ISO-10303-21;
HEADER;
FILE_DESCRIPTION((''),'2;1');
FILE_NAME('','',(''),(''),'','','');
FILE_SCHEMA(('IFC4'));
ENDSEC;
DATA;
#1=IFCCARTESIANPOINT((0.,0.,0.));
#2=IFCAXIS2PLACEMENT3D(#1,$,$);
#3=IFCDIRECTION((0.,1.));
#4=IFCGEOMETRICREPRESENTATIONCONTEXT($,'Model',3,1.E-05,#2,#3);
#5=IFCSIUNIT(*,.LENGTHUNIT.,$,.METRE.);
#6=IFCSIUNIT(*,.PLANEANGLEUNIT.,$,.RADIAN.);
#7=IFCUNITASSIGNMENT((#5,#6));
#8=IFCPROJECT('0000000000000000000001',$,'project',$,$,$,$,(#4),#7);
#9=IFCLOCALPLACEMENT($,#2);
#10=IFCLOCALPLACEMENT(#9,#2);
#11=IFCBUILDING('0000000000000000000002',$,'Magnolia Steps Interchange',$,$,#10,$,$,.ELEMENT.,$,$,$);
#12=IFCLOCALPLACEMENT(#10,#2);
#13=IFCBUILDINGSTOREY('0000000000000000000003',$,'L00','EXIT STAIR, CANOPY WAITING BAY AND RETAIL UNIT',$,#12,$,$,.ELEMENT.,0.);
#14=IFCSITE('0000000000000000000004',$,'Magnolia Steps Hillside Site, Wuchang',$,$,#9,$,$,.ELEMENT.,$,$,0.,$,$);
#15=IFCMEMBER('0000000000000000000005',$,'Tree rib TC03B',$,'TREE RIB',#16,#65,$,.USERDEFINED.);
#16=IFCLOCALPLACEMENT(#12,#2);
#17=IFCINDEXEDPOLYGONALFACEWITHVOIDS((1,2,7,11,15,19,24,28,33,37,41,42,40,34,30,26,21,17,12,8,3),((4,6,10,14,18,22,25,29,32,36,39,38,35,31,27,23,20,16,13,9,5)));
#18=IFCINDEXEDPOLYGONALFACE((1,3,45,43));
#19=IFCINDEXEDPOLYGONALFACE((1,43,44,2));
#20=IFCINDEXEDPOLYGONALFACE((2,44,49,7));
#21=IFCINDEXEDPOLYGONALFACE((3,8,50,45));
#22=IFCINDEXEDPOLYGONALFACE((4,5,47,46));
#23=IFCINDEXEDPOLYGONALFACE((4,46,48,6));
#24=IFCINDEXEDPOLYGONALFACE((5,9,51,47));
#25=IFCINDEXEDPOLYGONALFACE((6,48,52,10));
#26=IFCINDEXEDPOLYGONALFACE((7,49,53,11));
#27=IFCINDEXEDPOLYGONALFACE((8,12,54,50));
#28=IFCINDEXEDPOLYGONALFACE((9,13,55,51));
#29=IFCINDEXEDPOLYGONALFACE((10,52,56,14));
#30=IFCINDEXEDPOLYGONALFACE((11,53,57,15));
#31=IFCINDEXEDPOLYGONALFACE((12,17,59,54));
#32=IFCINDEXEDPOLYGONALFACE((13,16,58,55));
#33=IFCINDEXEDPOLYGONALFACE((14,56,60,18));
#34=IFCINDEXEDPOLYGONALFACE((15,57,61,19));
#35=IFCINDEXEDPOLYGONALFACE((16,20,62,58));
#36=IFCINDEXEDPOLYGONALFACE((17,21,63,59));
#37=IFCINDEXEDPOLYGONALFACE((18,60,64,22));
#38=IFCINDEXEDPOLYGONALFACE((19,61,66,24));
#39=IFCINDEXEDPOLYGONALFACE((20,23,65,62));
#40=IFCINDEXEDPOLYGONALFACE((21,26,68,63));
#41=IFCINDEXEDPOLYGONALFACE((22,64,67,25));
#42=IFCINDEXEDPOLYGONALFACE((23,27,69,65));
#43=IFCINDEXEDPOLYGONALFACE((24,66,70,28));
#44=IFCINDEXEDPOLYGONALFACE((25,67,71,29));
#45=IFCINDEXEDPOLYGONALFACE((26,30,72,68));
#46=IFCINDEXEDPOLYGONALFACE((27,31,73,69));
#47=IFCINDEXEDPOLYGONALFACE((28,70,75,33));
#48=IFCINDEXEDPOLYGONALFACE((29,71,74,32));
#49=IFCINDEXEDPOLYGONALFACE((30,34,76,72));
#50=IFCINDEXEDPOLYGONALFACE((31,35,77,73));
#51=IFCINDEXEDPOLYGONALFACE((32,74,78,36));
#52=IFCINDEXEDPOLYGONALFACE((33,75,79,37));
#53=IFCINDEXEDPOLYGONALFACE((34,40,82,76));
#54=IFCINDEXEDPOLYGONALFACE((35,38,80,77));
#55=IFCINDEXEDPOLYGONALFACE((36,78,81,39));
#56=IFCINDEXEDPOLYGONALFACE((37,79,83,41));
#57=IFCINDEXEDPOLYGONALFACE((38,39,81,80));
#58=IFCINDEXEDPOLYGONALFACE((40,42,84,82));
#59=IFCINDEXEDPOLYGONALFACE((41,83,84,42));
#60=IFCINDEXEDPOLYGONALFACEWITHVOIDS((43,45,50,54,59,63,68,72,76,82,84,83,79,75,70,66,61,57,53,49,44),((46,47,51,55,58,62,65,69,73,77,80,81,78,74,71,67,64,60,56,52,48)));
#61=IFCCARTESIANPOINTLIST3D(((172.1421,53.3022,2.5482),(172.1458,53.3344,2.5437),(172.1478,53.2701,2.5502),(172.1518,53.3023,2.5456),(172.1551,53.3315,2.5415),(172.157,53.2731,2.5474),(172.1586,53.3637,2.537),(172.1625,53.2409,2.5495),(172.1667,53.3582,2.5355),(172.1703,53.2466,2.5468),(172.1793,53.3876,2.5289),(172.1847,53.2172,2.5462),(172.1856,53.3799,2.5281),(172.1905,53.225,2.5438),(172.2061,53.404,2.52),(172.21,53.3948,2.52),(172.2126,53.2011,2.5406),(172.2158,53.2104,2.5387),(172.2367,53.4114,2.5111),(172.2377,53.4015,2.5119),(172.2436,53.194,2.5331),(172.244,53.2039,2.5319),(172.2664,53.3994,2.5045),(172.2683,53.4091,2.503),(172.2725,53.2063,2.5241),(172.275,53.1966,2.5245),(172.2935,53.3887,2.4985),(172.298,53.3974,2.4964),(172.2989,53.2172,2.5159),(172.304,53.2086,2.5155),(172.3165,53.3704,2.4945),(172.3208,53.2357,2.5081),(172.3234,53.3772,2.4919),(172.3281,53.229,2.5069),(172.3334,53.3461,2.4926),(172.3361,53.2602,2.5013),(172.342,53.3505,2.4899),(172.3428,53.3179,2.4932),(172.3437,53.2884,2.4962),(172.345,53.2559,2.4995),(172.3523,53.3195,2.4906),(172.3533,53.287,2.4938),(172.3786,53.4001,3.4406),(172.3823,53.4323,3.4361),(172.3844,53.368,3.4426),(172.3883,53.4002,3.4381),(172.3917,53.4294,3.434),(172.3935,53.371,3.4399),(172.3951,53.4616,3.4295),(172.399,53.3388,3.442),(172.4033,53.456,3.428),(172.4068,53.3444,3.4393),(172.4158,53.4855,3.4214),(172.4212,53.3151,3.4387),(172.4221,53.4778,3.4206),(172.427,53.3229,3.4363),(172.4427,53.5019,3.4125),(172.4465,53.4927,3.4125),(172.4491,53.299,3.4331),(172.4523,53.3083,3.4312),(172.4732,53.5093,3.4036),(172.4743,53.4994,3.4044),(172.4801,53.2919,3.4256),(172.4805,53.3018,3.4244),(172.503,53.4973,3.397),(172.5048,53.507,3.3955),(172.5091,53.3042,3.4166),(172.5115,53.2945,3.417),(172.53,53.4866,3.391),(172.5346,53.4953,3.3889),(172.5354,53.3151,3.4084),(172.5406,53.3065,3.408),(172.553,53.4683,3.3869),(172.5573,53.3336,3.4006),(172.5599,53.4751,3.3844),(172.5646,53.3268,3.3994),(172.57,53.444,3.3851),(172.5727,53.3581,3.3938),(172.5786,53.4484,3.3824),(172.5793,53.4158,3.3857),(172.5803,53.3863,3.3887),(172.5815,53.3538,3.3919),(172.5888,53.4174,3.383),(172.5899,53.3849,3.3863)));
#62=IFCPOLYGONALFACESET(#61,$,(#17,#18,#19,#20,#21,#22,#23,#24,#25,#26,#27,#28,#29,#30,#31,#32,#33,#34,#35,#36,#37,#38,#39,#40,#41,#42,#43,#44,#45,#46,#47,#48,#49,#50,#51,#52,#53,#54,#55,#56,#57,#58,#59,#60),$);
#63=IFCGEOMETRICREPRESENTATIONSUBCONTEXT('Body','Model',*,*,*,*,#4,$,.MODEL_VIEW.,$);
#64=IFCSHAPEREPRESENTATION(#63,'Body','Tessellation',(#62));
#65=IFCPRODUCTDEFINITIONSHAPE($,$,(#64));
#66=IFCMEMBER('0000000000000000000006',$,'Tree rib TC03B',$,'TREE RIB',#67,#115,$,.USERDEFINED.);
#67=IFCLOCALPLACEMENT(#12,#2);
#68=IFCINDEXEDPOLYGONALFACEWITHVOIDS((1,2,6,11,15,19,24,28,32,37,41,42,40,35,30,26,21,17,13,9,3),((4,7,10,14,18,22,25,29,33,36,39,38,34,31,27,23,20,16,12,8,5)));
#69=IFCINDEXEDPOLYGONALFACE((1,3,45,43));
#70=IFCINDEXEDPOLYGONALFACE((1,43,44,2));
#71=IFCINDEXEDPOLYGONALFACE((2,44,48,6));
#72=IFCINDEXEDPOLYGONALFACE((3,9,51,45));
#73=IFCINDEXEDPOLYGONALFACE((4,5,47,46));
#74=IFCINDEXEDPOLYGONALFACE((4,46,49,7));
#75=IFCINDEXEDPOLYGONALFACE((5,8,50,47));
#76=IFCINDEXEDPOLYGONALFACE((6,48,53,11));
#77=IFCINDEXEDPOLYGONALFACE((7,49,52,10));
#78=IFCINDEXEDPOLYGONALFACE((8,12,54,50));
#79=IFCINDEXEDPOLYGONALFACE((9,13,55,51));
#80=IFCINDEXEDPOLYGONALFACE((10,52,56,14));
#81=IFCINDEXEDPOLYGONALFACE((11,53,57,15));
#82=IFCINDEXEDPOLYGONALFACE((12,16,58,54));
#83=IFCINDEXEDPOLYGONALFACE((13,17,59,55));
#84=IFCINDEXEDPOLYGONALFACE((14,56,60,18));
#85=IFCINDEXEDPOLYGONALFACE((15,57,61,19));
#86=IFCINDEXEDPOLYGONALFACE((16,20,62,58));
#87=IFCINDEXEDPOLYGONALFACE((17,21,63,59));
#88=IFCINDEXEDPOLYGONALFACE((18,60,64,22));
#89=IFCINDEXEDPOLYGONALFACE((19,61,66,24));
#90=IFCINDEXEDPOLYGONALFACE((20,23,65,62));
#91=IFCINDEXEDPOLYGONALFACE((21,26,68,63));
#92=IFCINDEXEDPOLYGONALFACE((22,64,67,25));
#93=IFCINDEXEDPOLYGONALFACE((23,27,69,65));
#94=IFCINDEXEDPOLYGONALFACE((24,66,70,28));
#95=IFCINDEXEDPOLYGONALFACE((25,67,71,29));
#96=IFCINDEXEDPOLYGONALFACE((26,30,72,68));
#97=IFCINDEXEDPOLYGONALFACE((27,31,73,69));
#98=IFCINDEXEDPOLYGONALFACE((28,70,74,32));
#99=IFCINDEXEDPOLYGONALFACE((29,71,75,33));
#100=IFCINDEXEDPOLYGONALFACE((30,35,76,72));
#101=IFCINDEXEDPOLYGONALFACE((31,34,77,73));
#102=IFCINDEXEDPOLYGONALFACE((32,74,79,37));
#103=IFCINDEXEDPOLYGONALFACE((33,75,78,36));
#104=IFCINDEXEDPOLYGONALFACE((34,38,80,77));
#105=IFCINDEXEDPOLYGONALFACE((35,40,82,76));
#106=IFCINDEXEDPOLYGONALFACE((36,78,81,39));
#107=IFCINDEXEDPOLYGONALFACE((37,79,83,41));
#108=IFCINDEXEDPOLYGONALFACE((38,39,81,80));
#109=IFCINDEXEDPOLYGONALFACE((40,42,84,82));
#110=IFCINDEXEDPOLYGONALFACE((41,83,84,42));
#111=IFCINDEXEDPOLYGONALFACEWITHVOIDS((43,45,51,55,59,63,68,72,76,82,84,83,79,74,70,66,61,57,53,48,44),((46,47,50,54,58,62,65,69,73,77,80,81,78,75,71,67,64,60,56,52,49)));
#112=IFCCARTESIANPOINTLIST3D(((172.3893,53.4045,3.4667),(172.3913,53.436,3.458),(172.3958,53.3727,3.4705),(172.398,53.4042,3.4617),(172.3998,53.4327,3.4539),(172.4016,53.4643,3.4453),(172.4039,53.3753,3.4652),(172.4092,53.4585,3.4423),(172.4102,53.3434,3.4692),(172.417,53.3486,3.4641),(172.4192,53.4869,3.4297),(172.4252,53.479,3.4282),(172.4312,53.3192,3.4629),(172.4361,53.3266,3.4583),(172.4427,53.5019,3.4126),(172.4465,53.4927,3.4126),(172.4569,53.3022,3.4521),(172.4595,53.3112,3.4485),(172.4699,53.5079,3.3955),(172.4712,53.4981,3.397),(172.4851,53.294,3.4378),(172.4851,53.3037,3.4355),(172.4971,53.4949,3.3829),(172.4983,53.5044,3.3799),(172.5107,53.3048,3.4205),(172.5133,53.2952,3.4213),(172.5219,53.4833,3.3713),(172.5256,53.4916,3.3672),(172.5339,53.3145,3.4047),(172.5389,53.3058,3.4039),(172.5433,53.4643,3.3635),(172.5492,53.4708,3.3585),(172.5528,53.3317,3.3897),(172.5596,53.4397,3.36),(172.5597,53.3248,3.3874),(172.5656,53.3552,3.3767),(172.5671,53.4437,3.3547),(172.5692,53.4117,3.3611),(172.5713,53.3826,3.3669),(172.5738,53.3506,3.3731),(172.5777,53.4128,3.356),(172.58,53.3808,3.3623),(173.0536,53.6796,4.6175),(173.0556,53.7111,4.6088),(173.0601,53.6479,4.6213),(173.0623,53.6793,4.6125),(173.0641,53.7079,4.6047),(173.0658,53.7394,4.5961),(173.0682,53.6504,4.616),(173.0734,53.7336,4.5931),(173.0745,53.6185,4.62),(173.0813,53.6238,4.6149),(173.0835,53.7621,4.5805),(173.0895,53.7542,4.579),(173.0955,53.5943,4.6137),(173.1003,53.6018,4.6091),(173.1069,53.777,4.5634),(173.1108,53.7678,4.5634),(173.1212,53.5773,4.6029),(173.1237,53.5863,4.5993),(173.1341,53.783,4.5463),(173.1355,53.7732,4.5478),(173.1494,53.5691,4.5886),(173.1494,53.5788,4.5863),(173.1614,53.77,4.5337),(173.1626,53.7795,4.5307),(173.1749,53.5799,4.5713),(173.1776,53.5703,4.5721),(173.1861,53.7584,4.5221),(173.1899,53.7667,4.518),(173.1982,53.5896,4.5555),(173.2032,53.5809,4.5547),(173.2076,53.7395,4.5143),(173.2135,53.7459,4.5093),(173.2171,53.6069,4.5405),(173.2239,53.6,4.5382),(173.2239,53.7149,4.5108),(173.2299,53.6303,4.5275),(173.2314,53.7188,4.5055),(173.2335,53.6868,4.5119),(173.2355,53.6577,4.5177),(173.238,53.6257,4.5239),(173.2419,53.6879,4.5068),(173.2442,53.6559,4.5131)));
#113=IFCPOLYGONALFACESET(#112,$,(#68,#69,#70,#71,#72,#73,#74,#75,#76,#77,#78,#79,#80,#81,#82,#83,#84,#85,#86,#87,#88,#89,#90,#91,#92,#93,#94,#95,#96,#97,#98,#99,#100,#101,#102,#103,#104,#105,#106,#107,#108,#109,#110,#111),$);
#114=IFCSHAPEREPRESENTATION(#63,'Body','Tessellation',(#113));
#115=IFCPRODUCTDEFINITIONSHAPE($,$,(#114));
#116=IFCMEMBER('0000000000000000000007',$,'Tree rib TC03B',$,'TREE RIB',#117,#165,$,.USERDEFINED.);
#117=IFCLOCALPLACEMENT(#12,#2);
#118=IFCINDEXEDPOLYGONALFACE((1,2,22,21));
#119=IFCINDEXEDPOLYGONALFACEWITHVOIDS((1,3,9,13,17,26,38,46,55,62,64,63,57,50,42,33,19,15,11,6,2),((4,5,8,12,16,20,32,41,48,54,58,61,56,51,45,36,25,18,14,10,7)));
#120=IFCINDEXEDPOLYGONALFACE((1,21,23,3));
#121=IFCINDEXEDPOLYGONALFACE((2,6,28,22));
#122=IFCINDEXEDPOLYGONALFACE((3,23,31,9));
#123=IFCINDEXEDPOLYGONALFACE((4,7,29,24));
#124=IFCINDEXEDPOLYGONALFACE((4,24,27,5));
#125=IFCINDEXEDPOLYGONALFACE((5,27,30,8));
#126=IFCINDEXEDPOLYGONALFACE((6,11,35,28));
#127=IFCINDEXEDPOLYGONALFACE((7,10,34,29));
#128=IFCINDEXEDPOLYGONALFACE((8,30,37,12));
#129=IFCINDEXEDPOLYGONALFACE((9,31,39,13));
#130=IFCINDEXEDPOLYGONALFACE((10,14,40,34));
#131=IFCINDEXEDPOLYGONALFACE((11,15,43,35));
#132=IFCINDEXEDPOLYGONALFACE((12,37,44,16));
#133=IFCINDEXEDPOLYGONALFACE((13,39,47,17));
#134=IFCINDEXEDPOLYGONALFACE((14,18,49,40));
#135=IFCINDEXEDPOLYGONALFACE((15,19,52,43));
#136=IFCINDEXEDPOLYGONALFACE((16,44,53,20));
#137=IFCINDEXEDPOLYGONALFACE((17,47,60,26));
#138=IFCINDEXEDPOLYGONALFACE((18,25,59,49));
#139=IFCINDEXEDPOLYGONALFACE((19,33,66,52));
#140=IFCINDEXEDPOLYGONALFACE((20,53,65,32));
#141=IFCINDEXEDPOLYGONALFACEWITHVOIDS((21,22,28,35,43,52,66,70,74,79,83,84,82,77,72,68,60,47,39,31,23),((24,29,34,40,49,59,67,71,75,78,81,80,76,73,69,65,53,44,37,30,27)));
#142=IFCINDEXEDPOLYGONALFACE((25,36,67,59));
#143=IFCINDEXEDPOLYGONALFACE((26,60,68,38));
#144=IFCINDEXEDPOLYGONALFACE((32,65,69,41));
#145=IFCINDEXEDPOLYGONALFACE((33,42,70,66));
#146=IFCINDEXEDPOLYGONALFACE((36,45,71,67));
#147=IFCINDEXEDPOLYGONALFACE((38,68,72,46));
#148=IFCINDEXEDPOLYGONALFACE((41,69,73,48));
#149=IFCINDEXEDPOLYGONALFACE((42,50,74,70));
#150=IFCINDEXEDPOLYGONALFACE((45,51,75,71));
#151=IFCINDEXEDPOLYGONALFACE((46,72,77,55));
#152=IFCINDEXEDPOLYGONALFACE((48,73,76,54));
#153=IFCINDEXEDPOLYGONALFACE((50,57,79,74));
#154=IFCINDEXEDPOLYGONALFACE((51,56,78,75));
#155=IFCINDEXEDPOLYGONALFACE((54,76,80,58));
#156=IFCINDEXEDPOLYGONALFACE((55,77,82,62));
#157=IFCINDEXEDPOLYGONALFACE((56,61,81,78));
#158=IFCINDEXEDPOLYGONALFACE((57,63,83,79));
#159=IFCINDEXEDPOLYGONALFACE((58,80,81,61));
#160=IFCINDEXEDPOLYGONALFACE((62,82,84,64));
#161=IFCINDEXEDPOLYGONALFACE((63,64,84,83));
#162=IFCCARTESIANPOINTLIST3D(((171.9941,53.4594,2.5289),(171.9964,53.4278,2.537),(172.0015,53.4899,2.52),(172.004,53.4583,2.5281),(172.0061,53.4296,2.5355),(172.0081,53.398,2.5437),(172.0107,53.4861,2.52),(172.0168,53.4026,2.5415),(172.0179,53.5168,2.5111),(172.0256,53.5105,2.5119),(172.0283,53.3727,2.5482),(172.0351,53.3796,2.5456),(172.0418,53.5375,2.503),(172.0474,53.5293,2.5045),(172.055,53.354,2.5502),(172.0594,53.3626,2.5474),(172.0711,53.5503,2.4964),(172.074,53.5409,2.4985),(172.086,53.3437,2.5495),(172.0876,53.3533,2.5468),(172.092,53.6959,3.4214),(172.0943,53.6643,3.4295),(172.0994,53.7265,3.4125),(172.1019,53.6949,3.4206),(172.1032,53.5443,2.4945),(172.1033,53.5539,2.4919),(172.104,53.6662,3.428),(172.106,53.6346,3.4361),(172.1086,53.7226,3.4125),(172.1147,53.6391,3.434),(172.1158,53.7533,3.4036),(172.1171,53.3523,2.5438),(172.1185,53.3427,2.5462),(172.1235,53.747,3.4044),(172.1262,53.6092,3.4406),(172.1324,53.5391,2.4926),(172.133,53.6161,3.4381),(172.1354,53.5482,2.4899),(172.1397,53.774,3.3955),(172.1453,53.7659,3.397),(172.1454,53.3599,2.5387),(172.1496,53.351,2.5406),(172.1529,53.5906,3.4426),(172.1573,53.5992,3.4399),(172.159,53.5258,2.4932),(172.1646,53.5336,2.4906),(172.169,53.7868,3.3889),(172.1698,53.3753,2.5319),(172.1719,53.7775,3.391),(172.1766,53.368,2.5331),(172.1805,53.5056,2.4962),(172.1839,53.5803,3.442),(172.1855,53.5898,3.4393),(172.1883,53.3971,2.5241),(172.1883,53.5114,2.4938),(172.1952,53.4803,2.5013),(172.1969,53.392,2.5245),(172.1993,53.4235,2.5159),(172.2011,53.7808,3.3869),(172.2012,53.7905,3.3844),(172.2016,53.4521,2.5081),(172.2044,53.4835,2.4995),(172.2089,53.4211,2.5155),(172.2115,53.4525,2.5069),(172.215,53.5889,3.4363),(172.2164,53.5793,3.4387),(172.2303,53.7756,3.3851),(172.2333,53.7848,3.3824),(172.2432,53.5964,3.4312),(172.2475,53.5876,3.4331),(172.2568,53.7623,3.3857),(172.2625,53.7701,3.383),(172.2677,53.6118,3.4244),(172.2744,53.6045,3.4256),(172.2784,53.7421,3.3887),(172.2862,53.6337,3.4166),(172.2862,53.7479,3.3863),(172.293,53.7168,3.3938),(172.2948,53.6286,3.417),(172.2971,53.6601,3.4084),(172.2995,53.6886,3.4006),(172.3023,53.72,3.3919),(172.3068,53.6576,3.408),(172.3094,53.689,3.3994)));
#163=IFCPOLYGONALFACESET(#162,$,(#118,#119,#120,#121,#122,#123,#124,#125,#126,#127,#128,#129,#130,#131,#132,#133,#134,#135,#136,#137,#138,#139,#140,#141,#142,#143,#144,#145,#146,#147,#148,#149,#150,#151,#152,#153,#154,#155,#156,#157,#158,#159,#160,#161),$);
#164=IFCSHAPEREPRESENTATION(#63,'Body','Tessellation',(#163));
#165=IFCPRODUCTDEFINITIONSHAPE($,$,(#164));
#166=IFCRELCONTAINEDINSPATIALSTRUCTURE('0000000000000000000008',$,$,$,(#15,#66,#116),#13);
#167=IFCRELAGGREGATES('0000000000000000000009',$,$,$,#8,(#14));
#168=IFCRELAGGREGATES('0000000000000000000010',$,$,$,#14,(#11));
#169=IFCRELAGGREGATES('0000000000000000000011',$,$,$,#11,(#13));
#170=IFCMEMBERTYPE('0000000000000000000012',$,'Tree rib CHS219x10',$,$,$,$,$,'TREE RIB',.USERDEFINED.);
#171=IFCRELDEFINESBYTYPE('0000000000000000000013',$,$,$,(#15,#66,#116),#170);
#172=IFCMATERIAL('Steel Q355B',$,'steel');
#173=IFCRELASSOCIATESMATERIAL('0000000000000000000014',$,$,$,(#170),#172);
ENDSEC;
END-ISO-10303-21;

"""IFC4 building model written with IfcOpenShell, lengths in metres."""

from ifc_helpers import new_model, si_unit, direction, frame, origin, origin_2d, place, context, subcontext, project, spatial, hollow_circle, extrude, material, material_profile, profile_set, type_object, element, save


model = new_model("IFC4")

# Units and contexts
model_context = context("Model", 3, precision=1e-05, world=origin(), true_north=direction((0.0, 1.0)))
body_context = subcontext(model_context, "Body", "Model", "MODEL_VIEW")
ifc_project = project(units=[si_unit("LENGTHUNIT", "METRE"), si_unit("PLANEANGLEUNIT", "RADIAN")], contexts=[model_context])

# Site, building, storey
site_placement = place(None, origin())
site = spatial("IfcSite", under=ifc_project, at=site_placement, Name="Magnolia Steps Hillside Site, Wuchang", CompositionType="ELEMENT", RefElevation=0.0)
building_placement = place(site_placement, origin())
building = spatial("IfcBuilding", under=site, at=building_placement, Name="Magnolia Steps Interchange", CompositionType="ELEMENT")
storey_placement = place(building_placement, origin())
storey = spatial("IfcBuildingStorey", under=building, at=storey_placement, Name="L00", Description="EXIT STAIR, CANOPY WAITING BAY AND RETAIL UNIT", CompositionType="ELEMENT", Elevation=0.0)

# Members
ifc_material_1 = material(Name="Steel Q355B", Category="steel")
ifc_material_profile_1 = material_profile(ifc_material_1, hollow_circle(Radius=0.1096, WallThickness=0.01, at=origin_2d()), Name="CHS219x10")
ifc_profile_set_1 = profile_set([ifc_material_profile_1], Name="Steel Q355B")
member_type = type_object("IfcMemberType", Name="Tree rib CHS219x10", ElementType="TREE RIB", PredefinedType="USERDEFINED", material=ifc_profile_set_1)
member_1_placement = place(storey_placement, frame((172.248, 53.3027, 2.52), z_axis=(0.25477, 0.105431, 0.961237), x_axis=(-0.38238, 0.924005, 0.0)))
element("IfcMember", 1, at=member_1_placement, inside=storey, type_object=member_type, Name="Tree rib TC03B", ObjectType="TREE RIB", PredefinedType="USERDEFINED", context=body_context, shape_type="SweptSolid", body=[
    extrude(hollow_circle(Radius=0.1096, WallThickness=0.01, at=origin_2d()), origin(), (0.0, 0.0, 1.0), 0.9285),
])
member_2_placement = place(storey_placement, frame((172.4846, 53.4006, 3.4126), z_axis=(0.48953, 0.202756, 0.848086), x_axis=(-0.382662, 0.923889, 0.0)))
element("IfcMember", 2, at=member_2_placement, inside=storey, type_object=member_type, Name="Tree rib TC03B", ObjectType="TREE RIB", PredefinedType="USERDEFINED", context=body_context, shape_type="SweptSolid", body=[
    extrude(hollow_circle(Radius=0.1096, WallThickness=0.01, at=origin_2d()), origin(), (0.0, 0.0, 1.0), 1.3569),
])
member_3_placement = place(storey_placement, frame((172.1028, 53.448, 2.52), z_axis=(0.105431, 0.25477, 0.961237), x_axis=(-0.924005, 0.38238, 0.0)))
element("IfcMember", 3, at=member_3_placement, inside=storey, type_object=member_type, Name="Tree rib TC03B", ObjectType="TREE RIB", PredefinedType="USERDEFINED", context=body_context, shape_type="SweptSolid", body=[
    extrude(hollow_circle(Radius=0.1096, WallThickness=0.01, at=origin_2d()), origin(), (0.0, 0.0, 1.0), 0.9285),
])

save(model, "model.ifc")
